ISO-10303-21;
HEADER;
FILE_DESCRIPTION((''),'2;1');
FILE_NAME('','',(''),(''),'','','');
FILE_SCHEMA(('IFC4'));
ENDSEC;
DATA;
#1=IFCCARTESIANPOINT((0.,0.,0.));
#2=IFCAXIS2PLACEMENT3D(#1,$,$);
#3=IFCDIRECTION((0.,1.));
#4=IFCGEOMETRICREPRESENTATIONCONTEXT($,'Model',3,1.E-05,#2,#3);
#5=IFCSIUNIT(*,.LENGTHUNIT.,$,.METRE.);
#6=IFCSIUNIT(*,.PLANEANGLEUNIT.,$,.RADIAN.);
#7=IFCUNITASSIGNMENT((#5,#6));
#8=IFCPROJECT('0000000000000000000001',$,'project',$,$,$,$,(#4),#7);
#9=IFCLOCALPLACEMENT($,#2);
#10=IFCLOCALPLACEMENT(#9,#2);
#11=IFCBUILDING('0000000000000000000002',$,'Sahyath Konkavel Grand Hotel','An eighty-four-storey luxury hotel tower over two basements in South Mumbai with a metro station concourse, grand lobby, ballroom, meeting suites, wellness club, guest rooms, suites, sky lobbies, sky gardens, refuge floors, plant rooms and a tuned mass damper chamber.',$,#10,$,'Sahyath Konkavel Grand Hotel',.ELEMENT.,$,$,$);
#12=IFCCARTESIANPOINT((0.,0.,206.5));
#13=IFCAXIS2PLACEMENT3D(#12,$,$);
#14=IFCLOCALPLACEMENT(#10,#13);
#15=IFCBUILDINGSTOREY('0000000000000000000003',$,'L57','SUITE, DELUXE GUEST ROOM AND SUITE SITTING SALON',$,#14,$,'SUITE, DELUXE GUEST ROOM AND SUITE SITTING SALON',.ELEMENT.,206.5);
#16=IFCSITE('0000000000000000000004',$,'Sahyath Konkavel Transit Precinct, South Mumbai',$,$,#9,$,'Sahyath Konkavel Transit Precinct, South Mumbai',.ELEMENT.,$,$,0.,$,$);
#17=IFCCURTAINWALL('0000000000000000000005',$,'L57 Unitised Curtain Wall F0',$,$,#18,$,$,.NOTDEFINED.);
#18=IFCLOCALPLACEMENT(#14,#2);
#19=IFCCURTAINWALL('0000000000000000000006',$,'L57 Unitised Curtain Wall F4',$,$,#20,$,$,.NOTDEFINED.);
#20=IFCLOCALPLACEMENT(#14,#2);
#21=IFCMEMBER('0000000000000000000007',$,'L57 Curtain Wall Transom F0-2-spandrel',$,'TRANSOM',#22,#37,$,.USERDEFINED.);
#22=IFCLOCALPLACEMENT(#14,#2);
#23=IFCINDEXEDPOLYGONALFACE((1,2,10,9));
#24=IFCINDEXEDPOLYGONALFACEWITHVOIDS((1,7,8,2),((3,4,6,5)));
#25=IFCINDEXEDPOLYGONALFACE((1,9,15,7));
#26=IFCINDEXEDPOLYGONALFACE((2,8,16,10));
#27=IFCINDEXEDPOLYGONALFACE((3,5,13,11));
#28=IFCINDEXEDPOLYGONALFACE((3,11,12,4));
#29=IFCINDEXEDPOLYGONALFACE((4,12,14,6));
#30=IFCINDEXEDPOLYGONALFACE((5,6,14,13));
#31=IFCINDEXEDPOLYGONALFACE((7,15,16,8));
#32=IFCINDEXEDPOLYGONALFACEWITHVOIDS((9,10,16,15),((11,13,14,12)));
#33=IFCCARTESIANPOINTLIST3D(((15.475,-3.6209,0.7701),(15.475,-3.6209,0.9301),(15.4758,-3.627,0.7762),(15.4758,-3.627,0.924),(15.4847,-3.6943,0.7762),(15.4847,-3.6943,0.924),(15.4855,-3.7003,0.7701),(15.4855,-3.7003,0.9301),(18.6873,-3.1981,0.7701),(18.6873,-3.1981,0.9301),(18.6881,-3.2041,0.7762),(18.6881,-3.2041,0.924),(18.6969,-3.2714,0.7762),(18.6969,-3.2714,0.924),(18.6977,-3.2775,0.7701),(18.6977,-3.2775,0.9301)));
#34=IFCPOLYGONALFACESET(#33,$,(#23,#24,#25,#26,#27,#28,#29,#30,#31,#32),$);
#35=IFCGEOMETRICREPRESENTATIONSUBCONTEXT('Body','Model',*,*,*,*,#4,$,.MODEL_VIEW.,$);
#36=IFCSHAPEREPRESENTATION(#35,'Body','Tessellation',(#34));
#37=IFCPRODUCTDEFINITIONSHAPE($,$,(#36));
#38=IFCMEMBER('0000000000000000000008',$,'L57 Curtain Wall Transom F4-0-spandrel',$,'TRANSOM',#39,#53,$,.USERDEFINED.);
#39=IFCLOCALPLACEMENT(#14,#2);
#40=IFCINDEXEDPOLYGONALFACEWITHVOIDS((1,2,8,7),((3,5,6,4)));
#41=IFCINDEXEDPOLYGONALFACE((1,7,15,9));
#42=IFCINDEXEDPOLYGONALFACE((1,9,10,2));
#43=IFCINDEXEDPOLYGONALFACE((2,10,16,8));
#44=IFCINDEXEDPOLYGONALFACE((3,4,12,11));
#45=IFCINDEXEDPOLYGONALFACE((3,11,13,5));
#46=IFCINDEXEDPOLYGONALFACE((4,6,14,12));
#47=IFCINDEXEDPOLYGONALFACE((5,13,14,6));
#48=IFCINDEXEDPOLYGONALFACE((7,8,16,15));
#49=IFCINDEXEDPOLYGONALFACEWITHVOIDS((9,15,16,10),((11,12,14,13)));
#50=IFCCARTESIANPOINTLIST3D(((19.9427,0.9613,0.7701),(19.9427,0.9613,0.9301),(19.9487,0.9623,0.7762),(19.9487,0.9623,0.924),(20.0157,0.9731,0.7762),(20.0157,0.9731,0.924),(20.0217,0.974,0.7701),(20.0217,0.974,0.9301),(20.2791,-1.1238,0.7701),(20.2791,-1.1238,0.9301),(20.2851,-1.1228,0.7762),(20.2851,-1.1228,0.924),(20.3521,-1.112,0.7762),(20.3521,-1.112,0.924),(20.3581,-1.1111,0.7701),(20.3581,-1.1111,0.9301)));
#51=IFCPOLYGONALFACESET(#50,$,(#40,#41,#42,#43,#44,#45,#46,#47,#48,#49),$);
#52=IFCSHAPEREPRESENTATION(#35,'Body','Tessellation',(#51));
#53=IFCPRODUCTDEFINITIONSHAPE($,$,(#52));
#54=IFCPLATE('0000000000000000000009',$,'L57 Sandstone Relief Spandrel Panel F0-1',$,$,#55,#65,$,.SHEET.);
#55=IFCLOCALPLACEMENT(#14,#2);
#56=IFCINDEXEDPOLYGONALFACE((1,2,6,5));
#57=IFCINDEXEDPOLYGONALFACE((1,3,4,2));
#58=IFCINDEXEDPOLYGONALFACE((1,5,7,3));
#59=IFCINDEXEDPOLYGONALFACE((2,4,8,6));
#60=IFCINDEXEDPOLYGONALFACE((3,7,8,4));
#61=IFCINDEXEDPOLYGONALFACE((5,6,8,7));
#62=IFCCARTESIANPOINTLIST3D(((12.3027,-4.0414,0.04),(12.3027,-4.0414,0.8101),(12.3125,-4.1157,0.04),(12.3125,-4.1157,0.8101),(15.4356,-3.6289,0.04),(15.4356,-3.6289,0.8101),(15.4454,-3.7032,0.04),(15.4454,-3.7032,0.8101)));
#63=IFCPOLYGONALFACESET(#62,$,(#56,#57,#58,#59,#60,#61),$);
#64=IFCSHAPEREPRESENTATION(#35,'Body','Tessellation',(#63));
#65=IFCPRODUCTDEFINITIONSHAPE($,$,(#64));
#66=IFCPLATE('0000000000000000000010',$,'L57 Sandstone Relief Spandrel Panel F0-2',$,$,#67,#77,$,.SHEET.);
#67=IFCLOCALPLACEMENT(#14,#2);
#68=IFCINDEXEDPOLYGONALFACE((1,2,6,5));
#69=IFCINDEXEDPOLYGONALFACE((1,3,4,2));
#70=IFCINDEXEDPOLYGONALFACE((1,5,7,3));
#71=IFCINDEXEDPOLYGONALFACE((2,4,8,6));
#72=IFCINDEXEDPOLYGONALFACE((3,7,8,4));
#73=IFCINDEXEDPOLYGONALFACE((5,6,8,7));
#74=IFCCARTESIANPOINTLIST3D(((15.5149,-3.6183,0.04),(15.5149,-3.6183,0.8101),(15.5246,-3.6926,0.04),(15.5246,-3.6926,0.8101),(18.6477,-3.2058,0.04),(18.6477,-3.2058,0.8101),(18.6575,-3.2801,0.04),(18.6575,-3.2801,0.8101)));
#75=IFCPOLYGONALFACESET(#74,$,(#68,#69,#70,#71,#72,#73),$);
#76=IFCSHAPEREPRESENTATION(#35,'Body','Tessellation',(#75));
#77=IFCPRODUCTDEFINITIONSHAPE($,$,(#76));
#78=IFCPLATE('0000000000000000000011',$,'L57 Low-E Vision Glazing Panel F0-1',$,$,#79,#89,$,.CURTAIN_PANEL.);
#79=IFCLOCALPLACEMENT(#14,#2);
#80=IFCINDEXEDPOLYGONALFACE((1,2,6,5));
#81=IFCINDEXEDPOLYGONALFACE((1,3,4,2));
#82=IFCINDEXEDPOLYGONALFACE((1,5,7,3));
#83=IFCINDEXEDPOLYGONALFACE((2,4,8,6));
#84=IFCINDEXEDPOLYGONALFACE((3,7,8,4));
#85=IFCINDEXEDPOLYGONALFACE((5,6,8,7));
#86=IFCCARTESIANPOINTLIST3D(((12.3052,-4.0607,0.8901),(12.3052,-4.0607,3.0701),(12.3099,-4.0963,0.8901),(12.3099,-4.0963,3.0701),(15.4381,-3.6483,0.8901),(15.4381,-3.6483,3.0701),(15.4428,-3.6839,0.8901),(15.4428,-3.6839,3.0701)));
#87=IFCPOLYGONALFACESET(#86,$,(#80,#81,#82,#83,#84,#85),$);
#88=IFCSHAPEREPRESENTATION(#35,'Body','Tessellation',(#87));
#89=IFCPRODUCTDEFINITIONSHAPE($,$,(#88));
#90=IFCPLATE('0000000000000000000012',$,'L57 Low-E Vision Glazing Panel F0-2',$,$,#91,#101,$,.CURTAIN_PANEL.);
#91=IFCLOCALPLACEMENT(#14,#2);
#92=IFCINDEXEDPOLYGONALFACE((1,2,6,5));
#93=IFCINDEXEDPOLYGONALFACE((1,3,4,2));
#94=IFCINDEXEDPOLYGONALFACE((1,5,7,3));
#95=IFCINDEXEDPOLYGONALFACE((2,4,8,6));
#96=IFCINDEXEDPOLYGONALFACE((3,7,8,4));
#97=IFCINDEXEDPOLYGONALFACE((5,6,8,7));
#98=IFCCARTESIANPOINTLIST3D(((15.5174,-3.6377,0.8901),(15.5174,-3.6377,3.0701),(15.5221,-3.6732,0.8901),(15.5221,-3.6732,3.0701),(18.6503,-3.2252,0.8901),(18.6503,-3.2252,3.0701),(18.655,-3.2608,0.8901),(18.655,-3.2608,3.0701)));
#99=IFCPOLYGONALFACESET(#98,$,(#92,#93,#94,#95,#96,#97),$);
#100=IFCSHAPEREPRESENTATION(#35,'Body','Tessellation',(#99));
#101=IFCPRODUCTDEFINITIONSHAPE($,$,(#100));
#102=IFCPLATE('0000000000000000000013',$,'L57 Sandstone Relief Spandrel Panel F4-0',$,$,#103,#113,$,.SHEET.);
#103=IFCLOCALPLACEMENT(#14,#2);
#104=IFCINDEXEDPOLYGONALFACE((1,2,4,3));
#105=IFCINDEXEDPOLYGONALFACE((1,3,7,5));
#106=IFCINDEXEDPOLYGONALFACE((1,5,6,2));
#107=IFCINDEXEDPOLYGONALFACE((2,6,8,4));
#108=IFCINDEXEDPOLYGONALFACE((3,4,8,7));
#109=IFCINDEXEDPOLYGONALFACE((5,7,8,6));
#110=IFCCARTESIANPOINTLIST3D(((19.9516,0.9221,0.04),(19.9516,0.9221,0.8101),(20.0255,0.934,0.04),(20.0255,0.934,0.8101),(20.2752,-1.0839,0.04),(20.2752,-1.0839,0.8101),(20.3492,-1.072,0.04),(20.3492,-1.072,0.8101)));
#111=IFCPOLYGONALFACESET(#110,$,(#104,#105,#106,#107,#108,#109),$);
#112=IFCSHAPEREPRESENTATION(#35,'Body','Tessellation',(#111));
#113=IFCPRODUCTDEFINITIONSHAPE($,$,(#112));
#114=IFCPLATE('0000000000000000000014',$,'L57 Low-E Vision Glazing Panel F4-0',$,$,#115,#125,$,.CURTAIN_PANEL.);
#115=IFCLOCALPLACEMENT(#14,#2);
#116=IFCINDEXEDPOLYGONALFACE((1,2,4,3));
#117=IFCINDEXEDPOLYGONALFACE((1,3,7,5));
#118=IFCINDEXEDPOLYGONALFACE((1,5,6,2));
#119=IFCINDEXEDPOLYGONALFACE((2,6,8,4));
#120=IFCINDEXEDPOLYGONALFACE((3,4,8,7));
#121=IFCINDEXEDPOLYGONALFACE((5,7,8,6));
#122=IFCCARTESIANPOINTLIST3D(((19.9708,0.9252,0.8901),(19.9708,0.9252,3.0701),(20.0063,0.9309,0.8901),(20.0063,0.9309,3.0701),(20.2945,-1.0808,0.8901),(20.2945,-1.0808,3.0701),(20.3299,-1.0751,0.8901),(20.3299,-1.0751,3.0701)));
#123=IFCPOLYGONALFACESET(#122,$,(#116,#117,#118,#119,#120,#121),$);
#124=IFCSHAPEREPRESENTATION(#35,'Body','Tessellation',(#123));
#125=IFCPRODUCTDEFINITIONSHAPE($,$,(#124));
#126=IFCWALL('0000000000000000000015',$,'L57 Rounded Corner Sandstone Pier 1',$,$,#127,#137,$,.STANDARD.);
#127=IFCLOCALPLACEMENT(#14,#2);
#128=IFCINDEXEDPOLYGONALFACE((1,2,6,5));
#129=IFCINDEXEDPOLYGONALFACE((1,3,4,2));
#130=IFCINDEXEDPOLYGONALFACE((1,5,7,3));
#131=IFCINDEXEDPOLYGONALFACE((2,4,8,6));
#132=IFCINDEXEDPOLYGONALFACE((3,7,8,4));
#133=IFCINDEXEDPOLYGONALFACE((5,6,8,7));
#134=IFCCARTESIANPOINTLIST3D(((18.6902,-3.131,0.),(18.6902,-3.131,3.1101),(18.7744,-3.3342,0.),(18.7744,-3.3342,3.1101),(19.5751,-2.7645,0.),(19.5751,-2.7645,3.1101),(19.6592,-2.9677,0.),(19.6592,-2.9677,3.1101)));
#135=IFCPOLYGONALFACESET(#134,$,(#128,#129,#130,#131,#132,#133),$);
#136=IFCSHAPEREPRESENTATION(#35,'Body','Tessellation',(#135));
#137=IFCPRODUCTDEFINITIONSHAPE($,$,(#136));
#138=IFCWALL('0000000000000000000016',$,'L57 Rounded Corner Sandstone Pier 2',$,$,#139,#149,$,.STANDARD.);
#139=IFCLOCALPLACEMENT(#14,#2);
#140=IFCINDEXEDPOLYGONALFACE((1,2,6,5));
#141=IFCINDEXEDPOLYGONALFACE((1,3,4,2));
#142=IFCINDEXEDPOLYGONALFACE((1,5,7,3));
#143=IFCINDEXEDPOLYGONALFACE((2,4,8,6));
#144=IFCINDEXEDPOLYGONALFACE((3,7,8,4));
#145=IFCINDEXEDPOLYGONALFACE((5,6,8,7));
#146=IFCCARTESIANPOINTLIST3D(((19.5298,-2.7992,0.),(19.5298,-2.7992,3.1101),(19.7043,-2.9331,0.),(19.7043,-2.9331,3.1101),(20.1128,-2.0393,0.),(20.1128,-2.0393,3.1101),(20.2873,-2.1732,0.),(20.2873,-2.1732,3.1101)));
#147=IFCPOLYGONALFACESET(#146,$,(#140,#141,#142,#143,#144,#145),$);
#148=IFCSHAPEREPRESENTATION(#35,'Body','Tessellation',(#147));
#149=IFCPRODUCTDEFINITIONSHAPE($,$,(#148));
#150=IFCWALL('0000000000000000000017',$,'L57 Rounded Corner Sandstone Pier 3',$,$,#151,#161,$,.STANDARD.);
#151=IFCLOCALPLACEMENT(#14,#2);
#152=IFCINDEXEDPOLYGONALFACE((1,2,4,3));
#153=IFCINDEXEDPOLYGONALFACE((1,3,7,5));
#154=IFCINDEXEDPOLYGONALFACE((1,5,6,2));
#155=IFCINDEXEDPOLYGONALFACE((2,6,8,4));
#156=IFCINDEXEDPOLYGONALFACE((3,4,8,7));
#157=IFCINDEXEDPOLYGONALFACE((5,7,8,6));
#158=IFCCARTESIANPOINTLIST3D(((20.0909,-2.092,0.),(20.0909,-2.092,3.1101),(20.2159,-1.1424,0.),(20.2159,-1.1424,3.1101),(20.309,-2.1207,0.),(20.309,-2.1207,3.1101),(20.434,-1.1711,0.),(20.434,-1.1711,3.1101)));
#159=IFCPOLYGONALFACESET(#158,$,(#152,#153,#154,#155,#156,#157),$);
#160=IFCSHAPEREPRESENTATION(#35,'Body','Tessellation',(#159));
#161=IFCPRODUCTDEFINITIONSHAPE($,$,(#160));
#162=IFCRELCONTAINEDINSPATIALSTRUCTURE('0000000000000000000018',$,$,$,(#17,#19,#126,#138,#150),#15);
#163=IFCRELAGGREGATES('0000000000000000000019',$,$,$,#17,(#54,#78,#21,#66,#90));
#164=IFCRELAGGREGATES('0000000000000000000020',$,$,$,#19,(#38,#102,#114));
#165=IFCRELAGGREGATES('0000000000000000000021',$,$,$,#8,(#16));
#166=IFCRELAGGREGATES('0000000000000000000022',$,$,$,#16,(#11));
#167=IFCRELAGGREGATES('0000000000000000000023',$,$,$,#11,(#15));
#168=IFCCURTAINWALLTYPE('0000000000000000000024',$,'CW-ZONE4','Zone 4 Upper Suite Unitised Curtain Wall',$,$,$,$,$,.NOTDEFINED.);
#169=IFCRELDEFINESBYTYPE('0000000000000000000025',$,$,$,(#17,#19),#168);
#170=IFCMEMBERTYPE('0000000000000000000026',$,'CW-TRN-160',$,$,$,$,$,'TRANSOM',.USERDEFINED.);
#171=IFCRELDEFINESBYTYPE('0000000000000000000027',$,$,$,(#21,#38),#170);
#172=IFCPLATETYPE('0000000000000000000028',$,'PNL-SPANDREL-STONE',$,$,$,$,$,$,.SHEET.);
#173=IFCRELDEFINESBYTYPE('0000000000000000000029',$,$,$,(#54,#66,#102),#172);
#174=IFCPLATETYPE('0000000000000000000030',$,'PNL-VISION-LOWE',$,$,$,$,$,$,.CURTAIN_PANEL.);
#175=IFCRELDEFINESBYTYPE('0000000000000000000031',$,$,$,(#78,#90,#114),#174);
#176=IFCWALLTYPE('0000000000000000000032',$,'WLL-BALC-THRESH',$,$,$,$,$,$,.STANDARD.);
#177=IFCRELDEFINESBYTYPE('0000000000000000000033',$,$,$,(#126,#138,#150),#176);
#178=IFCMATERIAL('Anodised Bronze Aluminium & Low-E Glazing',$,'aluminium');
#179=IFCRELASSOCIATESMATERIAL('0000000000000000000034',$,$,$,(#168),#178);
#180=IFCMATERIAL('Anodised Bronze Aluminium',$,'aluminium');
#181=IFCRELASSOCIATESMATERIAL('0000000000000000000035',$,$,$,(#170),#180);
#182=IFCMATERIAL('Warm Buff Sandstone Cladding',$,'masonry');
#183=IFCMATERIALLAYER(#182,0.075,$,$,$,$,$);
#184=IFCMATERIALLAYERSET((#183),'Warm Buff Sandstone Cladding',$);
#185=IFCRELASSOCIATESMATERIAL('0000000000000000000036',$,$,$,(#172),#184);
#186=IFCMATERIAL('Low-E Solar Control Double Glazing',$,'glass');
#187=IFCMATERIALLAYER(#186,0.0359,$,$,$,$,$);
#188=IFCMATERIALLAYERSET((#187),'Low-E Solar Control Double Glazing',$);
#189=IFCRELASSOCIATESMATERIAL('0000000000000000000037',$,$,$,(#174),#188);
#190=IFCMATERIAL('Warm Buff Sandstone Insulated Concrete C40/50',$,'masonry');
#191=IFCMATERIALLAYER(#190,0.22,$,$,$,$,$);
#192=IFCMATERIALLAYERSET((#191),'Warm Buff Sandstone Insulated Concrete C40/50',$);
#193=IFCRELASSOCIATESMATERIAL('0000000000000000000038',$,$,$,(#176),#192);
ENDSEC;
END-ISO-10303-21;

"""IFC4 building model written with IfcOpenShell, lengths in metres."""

from ifc_helpers import new_model, si_unit, direction, frame, frame_2d, origin, origin_2d, place, context, subcontext, project, spatial, rectangle, hollow_rectangle, extrude, source, transform, mapped, material, layer, layer_set, material_profile, profile_set, type_object, element, aggregate, save


model = new_model("IFC4")

# Units and contexts
model_context = context("Model", 3, precision=1e-05, world=origin(), true_north=direction((0.0, 1.0)))
body_context = subcontext(model_context, "Body", "Model", "MODEL_VIEW")
ifc_project = project(units=[si_unit("LENGTHUNIT", "METRE"), si_unit("PLANEANGLEUNIT", "RADIAN")], contexts=[model_context])

# Site, building, storey
site_placement = place(None, origin())
site = spatial("IfcSite", under=ifc_project, at=site_placement, Name="Sahyath Konkavel Transit Precinct, South Mumbai", LongName="Sahyath Konkavel Transit Precinct, South Mumbai", CompositionType="ELEMENT", RefElevation=0.0)
building_placement = place(site_placement, origin())
building = spatial("IfcBuilding", under=site, at=building_placement, Name="Sahyath Konkavel Grand Hotel", Description="An eighty-four-storey luxury hotel tower over two basements in South Mumbai with a metro station concourse, grand lobby, ballroom, meeting suites, wellness club, guest rooms, suites, sky lobbies, sky gardens, refuge floors, plant rooms and a tuned mass damper chamber.", LongName="Sahyath Konkavel Grand Hotel", CompositionType="ELEMENT")
storey_placement = place(building_placement, frame((0.0, 0.0, 206.5)))
storey = spatial("IfcBuildingStorey", under=building, at=storey_placement, Name="L57", Description="SUITE, DELUXE GUEST ROOM AND SUITE SITTING SALON", LongName="SUITE, DELUXE GUEST ROOM AND SUITE SITTING SALON", CompositionType="ELEMENT", Elevation=206.5)

# Curtain wall
ifc_material_1 = material(Name="Anodised Bronze Aluminium & Low-E Glazing", Category="aluminium")
curtain_wall_type = type_object("IfcCurtainWallType", Name="CW-ZONE4", Description="Zone 4 Upper Suite Unitised Curtain Wall", PredefinedType="NOTDEFINED", material=ifc_material_1)
curtain_wall_1_placement = place(storey_placement, origin())
curtain_wall_1 = element("IfcCurtainWall", 1, at=curtain_wall_1_placement, inside=storey, type_object=curtain_wall_type, Name="L57 Unitised Curtain Wall F0", PredefinedType="NOTDEFINED")
ifc_material_2 = material(Name="Anodised Bronze Aluminium", Category="aluminium")

# Curtain wall
curtain_wall_2_placement = place(storey_placement, origin())
curtain_wall_2 = element("IfcCurtainWall", 2, at=curtain_wall_2_placement, inside=storey, type_object=curtain_wall_type, Name="L57 Unitised Curtain Wall F4", PredefinedType="NOTDEFINED")

# Members
ifc_material_profile_1 = material_profile(ifc_material_2, hollow_rectangle(XDim=0.0801, YDim=0.1599, WallThickness=0.0061, at=origin_2d()), Name="RHS 160x80x6")
ifc_profile_set_1 = profile_set([ifc_material_profile_1], Name="Anodised Bronze Aluminium")
member_type_1 = type_object("IfcMemberType", Name="CW-TRN-160", ElementType="TRANSOM", PredefinedType="USERDEFINED", material=ifc_profile_set_1)
shared_shape_1 = source(origin(), body_context, "Body", "SweptSolid", [
    extrude(hollow_rectangle(XDim=0.0801, YDim=0.1599, WallThickness=0.0061, at=origin_2d()), origin(), (0.0, 0.0, 1.0), 3.24),
])
member_1_placement = place(storey_placement, frame((15.4802, -3.6606, 0.8501), z_axis=(0.991446, 0.130515, 0.0), x_axis=(-0.130515, 0.991446, 0.0)))
member_1 = element("IfcMember", 3, at=member_1_placement, type_object=member_type_1, Name="L57 Curtain Wall Transom F0-2-spandrel", ObjectType="TRANSOM", PredefinedType="USERDEFINED", context=body_context, shape_type="MappedRepresentation", body=[
    mapped(shared_shape_1, transform((0.0, 0.0, 0.0), scale=1.0)),
])
shared_shape_2 = source(origin(), body_context, "Body", "SweptSolid", [
    extrude(hollow_rectangle(XDim=0.0801, YDim=0.1599, WallThickness=0.0061, at=origin_2d()), origin(), (0.0, 0.0, 1.0), 2.1121),
])
member_2_placement = place(storey_placement, frame((20.3186, -1.1174, 0.8501), z_axis=(-0.15928, 0.987233, 0.0), x_axis=(-0.987233, -0.15928, 0.0)))
member_2 = element("IfcMember", 4, at=member_2_placement, type_object=member_type_1, Name="L57 Curtain Wall Transom F4-0-spandrel", ObjectType="TRANSOM", PredefinedType="USERDEFINED", context=body_context, shape_type="MappedRepresentation", body=[
    mapped(shared_shape_2, transform((0.0, 0.0, 0.0), scale=1.0)),
])

# Plates
ifc_material_3 = material(Name="Warm Buff Sandstone Cladding", Category="masonry")
ifc_layer_1 = layer(ifc_material_3, 0.075)
ifc_layer_set_1 = layer_set([ifc_layer_1], Name="Warm Buff Sandstone Cladding")
plate_type_1 = type_object("IfcPlateType", Name="PNL-SPANDREL-STONE", PredefinedType="SHEET", material=ifc_layer_set_1)
shared_shape_3 = source(origin(), body_context, "Body", "SweptSolid", [
    extrude(rectangle(XDim=3.1599, YDim=0.075, at=origin_2d()), origin(), (0.0, 0.0, 1.0), 0.77),
])
plate_1_placement = place(storey_placement, frame((13.874, -3.8723, 0.04), z_axis=(0.0, 0.0, 1.0), x_axis=(0.991445, 0.130526, 0.0)))
plate_1 = element("IfcPlate", 5, at=plate_1_placement, type_object=plate_type_1, Name="L57 Sandstone Relief Spandrel Panel F0-1", PredefinedType="SHEET", context=body_context, shape_type="MappedRepresentation", body=[
    mapped(shared_shape_3, transform((0.0, 0.0, 0.0), scale=1.0)),
])
plate_2_placement = place(storey_placement, frame((17.0862, -3.4492, 0.04), z_axis=(0.0, 0.0, 1.0), x_axis=(0.991445, 0.130526, 0.0)))
plate_2 = element("IfcPlate", 6, at=plate_2_placement, type_object=plate_type_1, Name="L57 Sandstone Relief Spandrel Panel F0-2", PredefinedType="SHEET", context=body_context, shape_type="MappedRepresentation", body=[
    mapped(shared_shape_3, transform((0.0, 0.0, 0.0), scale=1.0)),
])
ifc_material_4 = material(Name="Low-E Solar Control Double Glazing", Category="glass")
ifc_layer_2 = layer(ifc_material_4, 0.0359)
ifc_layer_set_2 = layer_set([ifc_layer_2], Name="Low-E Solar Control Double Glazing")
plate_type_2 = type_object("IfcPlateType", Name="PNL-VISION-LOWE", PredefinedType="CURTAIN_PANEL", material=ifc_layer_set_2)
shared_shape_4 = source(origin(), body_context, "Body", "SweptSolid", [
    extrude(rectangle(XDim=3.1599, YDim=0.0359, at=origin_2d()), origin(), (0.0, 0.0, 1.0), 2.1799),
])
plate_3_placement = place(storey_placement, frame((13.874, -3.8723, 0.8901), z_axis=(0.0, 0.0, 1.0), x_axis=(0.991445, 0.130526, 0.0)))
plate_3 = element("IfcPlate", 7, at=plate_3_placement, type_object=plate_type_2, Name="L57 Low-E Vision Glazing Panel F0-1", PredefinedType="CURTAIN_PANEL", context=body_context, shape_type="MappedRepresentation", body=[
    mapped(shared_shape_4, transform((0.0, 0.0, 0.0), scale=1.0)),
])
plate_4_placement = place(storey_placement, frame((17.0862, -3.4492, 0.8901), z_axis=(0.0, 0.0, 1.0), x_axis=(0.991445, 0.130526, 0.0)))
plate_4 = element("IfcPlate", 8, at=plate_4_placement, type_object=plate_type_2, Name="L57 Low-E Vision Glazing Panel F0-2", PredefinedType="CURTAIN_PANEL", context=body_context, shape_type="MappedRepresentation", body=[
    mapped(shared_shape_4, transform((0.0, 0.0, 0.0), scale=1.0)),
])
aggregate(curtain_wall_1, [plate_1, plate_3, member_1, plate_2, plate_4])
shared_shape_5 = source(origin(), body_context, "Body", "SweptSolid", [
    extrude(rectangle(XDim=2.032, YDim=0.075, at=origin_2d()), origin(), (0.0, 0.0, 1.0), 0.77),
])
plate_5_placement = place(storey_placement, frame((20.1504, -0.075, 0.04), z_axis=(0.0, 0.0, 1.0), x_axis=(-0.159295, 0.987231, 0.0)))
plate_5 = element("IfcPlate", 9, at=plate_5_placement, type_object=plate_type_1, Name="L57 Sandstone Relief Spandrel Panel F4-0", PredefinedType="SHEET", context=body_context, shape_type="MappedRepresentation", body=[
    mapped(shared_shape_5, transform((0.0, 0.0, 0.0), scale=1.0)),
])
shared_shape_6 = source(origin(), body_context, "Body", "SweptSolid", [
    extrude(rectangle(XDim=2.032, YDim=0.0359, at=origin_2d()), origin(), (0.0, 0.0, 1.0), 2.1799),
])
plate_6_placement = place(storey_placement, frame((20.1504, -0.075, 0.8901), z_axis=(0.0, 0.0, 1.0), x_axis=(-0.159295, 0.987231, 0.0)))
plate_6 = element("IfcPlate", 10, at=plate_6_placement, type_object=plate_type_2, Name="L57 Low-E Vision Glazing Panel F4-0", PredefinedType="CURTAIN_PANEL", context=body_context, shape_type="MappedRepresentation", body=[
    mapped(shared_shape_6, transform((0.0, 0.0, 0.0), scale=1.0)),
])
aggregate(curtain_wall_2, [member_2, plate_5, plate_6])

# Walls
ifc_material_5 = material(Name="Warm Buff Sandstone Insulated Concrete C40/50", Category="masonry")
ifc_layer_3 = layer(ifc_material_5, 0.22)
ifc_layer_set_3 = layer_set([ifc_layer_3], Name="Warm Buff Sandstone Insulated Concrete C40/50")
wall_type_1 = type_object("IfcWallType", Name="WLL-BALC-THRESH", PredefinedType="STANDARD", material=ifc_layer_set_3)
for number, where, z_axis, x_axis, name in (
    (11, (18.7322, -3.2327, 0.0), (0.0, 0.0, 1.0), (0.923889, 0.38266, 0.0), "L57 Rounded Corner Sandstone Pier 1"),
    (12, (19.6169, -2.8662, 0.0), (0.0, 0.0, 1.0), (0.608774, 0.793344, 0.0), "L57 Rounded Corner Sandstone Pier 2"),
    (13, (20.2, -2.1064, 0.0), (0.0, 0.0, 1.0), (0.130527, 0.991445, 0.0), "L57 Rounded Corner Sandstone Pier 3"),
):
    element("IfcWall", number, at=place(storey_placement, frame(where, z_axis=z_axis, x_axis=x_axis)), inside=storey, type_object=wall_type_1, Name=name, PredefinedType="STANDARD", context=body_context, shape_type="SweptSolid", body=[
        extrude(rectangle(XDim=0.9578, YDim=0.22, at=frame_2d((0.479, 0.0))), origin(), (0.0, 0.0, 1.0), 3.1101),
    ])

save(model, "model.ifc")
